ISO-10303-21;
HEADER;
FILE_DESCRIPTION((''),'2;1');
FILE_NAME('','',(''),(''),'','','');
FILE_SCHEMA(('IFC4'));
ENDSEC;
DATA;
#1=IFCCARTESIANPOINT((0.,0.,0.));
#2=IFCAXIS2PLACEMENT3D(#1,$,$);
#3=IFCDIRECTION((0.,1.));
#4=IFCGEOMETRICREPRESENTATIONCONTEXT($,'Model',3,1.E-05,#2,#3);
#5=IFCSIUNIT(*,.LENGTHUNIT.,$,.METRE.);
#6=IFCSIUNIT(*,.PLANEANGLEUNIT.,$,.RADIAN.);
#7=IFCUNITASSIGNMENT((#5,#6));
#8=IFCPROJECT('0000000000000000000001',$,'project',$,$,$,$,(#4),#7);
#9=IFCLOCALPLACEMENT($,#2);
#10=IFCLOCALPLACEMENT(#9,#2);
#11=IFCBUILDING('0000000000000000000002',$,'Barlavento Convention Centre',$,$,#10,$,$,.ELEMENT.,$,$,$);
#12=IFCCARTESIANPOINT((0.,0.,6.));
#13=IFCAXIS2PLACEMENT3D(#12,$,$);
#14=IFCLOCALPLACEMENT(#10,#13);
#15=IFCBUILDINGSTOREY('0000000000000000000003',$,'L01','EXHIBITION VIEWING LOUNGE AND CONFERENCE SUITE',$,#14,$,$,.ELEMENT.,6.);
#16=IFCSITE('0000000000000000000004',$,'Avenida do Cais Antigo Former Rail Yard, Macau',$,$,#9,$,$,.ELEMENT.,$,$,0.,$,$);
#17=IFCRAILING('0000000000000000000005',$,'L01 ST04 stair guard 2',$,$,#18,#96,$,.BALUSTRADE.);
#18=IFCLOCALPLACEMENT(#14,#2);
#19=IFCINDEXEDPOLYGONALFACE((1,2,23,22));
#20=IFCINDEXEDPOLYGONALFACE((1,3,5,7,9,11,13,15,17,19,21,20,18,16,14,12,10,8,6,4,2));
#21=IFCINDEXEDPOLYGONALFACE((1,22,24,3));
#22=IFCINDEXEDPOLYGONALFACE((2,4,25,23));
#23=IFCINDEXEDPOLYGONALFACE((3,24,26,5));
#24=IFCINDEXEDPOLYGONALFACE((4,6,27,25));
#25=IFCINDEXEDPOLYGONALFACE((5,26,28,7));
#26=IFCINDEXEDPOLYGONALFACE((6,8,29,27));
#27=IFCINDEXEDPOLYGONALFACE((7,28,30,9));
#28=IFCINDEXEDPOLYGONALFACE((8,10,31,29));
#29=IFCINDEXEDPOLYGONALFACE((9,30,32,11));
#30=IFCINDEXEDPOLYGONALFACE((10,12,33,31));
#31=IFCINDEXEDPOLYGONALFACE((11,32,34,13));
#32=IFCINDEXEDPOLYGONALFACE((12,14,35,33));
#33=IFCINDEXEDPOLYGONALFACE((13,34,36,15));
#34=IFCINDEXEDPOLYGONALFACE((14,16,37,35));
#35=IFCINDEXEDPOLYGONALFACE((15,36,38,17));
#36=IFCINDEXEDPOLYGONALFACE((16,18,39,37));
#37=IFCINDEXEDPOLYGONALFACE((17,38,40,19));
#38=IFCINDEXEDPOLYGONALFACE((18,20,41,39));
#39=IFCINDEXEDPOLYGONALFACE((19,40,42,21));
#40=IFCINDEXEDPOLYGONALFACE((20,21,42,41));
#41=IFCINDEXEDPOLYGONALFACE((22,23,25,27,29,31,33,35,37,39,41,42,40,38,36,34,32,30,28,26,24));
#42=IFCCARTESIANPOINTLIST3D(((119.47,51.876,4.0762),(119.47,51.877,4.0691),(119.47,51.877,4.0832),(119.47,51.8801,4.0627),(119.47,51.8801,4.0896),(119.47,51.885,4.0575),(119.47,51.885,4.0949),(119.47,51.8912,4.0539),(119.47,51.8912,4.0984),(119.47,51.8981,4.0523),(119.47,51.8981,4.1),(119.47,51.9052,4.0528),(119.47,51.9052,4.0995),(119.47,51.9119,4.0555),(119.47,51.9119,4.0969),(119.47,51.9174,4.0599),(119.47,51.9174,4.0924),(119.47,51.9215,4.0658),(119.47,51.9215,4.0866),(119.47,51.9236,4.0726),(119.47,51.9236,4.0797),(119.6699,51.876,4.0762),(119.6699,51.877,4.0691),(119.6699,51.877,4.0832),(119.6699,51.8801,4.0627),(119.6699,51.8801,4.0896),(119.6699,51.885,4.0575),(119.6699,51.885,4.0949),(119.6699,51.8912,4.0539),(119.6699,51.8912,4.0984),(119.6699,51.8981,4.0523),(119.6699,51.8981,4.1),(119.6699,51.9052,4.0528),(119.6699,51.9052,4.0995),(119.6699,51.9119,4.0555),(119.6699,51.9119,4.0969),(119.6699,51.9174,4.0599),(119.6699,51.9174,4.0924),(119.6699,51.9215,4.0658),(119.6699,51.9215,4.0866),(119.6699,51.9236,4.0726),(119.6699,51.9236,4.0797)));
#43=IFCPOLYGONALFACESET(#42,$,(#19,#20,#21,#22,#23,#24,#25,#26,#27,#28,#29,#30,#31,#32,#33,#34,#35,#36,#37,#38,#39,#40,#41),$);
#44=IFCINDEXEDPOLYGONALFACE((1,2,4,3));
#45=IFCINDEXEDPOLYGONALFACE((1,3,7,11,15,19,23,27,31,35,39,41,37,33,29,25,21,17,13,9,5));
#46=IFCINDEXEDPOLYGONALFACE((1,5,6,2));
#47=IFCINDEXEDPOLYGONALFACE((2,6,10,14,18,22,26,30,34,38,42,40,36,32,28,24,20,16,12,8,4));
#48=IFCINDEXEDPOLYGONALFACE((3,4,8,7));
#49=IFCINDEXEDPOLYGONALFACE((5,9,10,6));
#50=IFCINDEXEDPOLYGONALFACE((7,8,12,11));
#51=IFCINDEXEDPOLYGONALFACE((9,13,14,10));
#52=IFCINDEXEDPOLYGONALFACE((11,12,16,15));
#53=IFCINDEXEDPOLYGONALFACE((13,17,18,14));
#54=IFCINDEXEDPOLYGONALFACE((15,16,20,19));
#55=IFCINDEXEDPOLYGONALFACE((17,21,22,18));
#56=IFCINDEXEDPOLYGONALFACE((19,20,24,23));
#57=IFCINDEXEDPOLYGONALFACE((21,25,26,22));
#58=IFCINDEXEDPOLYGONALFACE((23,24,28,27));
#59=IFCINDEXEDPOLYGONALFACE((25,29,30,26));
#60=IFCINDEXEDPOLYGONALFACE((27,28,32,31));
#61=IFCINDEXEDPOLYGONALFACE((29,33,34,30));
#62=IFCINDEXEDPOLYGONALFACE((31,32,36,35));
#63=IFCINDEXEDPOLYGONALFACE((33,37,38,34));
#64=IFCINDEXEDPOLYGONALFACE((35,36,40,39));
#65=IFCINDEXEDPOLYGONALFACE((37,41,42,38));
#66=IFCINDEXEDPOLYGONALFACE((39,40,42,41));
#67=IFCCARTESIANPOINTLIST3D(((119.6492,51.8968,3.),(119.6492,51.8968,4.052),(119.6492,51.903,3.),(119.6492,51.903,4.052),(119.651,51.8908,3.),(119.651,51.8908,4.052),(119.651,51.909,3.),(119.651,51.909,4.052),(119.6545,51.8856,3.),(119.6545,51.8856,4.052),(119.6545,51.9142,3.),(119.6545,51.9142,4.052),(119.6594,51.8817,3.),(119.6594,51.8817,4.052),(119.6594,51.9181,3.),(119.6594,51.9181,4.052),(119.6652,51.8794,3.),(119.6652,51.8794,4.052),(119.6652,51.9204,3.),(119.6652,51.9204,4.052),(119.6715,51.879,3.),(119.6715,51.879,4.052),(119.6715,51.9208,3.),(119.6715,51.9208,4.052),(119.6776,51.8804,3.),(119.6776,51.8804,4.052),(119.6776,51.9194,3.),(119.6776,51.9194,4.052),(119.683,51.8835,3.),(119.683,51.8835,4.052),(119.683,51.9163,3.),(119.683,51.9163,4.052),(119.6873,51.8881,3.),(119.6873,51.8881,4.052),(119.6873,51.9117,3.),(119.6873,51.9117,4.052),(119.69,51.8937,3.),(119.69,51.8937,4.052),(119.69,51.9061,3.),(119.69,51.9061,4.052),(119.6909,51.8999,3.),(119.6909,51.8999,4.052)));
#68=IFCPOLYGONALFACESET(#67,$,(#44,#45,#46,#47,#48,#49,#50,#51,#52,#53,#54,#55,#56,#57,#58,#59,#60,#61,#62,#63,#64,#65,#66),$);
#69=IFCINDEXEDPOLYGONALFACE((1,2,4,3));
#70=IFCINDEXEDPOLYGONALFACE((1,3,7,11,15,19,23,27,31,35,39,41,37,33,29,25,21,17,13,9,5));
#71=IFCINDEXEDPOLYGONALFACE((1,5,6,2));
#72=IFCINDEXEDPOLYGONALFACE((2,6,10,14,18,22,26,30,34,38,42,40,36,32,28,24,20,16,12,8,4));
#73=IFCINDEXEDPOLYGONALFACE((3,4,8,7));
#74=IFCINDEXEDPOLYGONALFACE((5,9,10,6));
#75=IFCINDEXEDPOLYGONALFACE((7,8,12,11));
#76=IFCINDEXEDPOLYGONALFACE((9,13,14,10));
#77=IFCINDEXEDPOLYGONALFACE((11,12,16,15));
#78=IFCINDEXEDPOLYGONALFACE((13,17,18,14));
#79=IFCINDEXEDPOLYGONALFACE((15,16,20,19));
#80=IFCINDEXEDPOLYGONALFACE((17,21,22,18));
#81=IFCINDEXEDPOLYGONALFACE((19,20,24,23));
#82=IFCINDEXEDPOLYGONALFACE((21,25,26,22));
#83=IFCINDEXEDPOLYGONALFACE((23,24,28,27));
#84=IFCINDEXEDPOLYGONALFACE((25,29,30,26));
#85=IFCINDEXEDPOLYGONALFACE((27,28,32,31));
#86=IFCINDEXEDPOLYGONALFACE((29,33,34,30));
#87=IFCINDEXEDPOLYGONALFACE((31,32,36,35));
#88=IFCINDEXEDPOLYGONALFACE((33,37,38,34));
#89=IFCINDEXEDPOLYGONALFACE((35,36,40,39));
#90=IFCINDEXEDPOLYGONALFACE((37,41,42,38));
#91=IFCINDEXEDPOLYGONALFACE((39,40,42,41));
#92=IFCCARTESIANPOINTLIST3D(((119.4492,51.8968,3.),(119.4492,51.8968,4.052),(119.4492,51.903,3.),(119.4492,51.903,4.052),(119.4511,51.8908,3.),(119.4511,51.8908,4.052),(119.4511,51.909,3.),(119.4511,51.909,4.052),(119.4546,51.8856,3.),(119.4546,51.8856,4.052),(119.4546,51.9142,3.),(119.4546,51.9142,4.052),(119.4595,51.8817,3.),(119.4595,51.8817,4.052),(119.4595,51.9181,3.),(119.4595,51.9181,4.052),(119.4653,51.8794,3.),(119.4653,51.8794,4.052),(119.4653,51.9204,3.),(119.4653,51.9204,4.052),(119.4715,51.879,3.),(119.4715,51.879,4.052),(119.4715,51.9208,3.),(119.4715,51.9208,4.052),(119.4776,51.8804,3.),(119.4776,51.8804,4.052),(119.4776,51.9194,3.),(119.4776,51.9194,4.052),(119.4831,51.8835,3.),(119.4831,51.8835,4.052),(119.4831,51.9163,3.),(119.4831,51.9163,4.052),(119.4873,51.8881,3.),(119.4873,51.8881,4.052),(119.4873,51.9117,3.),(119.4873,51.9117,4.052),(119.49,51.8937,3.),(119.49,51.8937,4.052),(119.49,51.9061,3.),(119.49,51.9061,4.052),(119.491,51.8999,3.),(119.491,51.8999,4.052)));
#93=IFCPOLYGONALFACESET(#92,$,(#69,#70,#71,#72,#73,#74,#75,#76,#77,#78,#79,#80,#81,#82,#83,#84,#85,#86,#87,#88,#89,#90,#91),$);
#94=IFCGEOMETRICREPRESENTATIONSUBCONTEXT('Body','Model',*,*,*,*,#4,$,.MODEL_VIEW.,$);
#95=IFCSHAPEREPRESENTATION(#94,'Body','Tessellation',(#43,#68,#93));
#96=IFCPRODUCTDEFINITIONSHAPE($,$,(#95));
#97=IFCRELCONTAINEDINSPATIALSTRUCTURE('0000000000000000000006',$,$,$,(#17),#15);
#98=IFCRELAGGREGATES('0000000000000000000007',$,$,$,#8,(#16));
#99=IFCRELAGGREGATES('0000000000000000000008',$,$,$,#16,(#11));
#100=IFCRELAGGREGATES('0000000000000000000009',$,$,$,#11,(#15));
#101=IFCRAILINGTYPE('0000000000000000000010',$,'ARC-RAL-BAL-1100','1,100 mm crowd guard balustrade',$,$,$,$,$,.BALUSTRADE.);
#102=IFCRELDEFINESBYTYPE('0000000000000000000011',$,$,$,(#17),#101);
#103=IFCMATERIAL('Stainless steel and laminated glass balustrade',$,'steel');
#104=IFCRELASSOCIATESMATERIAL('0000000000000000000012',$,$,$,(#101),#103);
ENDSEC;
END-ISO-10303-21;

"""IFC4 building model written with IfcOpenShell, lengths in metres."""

from ifc_helpers import new_model, si_unit, direction, frame, origin, origin_2d, place, context, subcontext, project, spatial, circle, extrude, material, type_object, element, save


model = new_model("IFC4")

# Units and contexts
model_context = context("Model", 3, precision=1e-05, world=origin(), true_north=direction((0.0, 1.0)))
body_context = subcontext(model_context, "Body", "Model", "MODEL_VIEW")
ifc_project = project(units=[si_unit("LENGTHUNIT", "METRE"), si_unit("PLANEANGLEUNIT", "RADIAN")], contexts=[model_context])

# Site, building, storey
site_placement = place(None, origin())
site = spatial("IfcSite", under=ifc_project, at=site_placement, Name="Avenida do Cais Antigo Former Rail Yard, Macau", CompositionType="ELEMENT", RefElevation=0.0)
building_placement = place(site_placement, origin())
building = spatial("IfcBuilding", under=site, at=building_placement, Name="Barlavento Convention Centre", CompositionType="ELEMENT")
storey_placement = place(building_placement, frame((0.0, 0.0, 6.0)))
storey = spatial("IfcBuildingStorey", under=building, at=storey_placement, Name="L01", Description="EXHIBITION VIEWING LOUNGE AND CONFERENCE SUITE", CompositionType="ELEMENT", Elevation=6.0)

# Railing
ifc_material_1 = material(Name="Stainless steel and laminated glass balustrade", Category="steel")
railing_type_1 = type_object("IfcRailingType", Name="ARC-RAL-BAL-1100", Description="1,100 mm crowd guard balustrade", PredefinedType="BALUSTRADE", material=ifc_material_1)
railing_1_placement = place(storey_placement, frame((119.6699, 51.8999, 3.0)))
element("IfcRailing", 1, at=railing_1_placement, inside=storey, type_object=railing_type_1, Name="L01 ST04 stair guard 2", PredefinedType="BALUSTRADE", context=body_context, shape_type="SweptSolid", body=[
    extrude(circle(Radius=0.0239, at=origin_2d()), frame((0.0, 0.0, 1.0762), z_axis=(-1.0, 0.0, 0.0), x_axis=(0.0, -1.0, 0.0)), (0.0, 0.0, 1.0), 0.2),
    extrude(circle(Radius=0.021, at=origin_2d()), origin(), (0.0, 0.0, 1.0), 1.052),
    extrude(circle(Radius=0.021, at=origin_2d()), frame((-0.2, 0.0, 0.0)), (0.0, 0.0, 1.0), 1.052),
])

save(model, "model.ifc")
